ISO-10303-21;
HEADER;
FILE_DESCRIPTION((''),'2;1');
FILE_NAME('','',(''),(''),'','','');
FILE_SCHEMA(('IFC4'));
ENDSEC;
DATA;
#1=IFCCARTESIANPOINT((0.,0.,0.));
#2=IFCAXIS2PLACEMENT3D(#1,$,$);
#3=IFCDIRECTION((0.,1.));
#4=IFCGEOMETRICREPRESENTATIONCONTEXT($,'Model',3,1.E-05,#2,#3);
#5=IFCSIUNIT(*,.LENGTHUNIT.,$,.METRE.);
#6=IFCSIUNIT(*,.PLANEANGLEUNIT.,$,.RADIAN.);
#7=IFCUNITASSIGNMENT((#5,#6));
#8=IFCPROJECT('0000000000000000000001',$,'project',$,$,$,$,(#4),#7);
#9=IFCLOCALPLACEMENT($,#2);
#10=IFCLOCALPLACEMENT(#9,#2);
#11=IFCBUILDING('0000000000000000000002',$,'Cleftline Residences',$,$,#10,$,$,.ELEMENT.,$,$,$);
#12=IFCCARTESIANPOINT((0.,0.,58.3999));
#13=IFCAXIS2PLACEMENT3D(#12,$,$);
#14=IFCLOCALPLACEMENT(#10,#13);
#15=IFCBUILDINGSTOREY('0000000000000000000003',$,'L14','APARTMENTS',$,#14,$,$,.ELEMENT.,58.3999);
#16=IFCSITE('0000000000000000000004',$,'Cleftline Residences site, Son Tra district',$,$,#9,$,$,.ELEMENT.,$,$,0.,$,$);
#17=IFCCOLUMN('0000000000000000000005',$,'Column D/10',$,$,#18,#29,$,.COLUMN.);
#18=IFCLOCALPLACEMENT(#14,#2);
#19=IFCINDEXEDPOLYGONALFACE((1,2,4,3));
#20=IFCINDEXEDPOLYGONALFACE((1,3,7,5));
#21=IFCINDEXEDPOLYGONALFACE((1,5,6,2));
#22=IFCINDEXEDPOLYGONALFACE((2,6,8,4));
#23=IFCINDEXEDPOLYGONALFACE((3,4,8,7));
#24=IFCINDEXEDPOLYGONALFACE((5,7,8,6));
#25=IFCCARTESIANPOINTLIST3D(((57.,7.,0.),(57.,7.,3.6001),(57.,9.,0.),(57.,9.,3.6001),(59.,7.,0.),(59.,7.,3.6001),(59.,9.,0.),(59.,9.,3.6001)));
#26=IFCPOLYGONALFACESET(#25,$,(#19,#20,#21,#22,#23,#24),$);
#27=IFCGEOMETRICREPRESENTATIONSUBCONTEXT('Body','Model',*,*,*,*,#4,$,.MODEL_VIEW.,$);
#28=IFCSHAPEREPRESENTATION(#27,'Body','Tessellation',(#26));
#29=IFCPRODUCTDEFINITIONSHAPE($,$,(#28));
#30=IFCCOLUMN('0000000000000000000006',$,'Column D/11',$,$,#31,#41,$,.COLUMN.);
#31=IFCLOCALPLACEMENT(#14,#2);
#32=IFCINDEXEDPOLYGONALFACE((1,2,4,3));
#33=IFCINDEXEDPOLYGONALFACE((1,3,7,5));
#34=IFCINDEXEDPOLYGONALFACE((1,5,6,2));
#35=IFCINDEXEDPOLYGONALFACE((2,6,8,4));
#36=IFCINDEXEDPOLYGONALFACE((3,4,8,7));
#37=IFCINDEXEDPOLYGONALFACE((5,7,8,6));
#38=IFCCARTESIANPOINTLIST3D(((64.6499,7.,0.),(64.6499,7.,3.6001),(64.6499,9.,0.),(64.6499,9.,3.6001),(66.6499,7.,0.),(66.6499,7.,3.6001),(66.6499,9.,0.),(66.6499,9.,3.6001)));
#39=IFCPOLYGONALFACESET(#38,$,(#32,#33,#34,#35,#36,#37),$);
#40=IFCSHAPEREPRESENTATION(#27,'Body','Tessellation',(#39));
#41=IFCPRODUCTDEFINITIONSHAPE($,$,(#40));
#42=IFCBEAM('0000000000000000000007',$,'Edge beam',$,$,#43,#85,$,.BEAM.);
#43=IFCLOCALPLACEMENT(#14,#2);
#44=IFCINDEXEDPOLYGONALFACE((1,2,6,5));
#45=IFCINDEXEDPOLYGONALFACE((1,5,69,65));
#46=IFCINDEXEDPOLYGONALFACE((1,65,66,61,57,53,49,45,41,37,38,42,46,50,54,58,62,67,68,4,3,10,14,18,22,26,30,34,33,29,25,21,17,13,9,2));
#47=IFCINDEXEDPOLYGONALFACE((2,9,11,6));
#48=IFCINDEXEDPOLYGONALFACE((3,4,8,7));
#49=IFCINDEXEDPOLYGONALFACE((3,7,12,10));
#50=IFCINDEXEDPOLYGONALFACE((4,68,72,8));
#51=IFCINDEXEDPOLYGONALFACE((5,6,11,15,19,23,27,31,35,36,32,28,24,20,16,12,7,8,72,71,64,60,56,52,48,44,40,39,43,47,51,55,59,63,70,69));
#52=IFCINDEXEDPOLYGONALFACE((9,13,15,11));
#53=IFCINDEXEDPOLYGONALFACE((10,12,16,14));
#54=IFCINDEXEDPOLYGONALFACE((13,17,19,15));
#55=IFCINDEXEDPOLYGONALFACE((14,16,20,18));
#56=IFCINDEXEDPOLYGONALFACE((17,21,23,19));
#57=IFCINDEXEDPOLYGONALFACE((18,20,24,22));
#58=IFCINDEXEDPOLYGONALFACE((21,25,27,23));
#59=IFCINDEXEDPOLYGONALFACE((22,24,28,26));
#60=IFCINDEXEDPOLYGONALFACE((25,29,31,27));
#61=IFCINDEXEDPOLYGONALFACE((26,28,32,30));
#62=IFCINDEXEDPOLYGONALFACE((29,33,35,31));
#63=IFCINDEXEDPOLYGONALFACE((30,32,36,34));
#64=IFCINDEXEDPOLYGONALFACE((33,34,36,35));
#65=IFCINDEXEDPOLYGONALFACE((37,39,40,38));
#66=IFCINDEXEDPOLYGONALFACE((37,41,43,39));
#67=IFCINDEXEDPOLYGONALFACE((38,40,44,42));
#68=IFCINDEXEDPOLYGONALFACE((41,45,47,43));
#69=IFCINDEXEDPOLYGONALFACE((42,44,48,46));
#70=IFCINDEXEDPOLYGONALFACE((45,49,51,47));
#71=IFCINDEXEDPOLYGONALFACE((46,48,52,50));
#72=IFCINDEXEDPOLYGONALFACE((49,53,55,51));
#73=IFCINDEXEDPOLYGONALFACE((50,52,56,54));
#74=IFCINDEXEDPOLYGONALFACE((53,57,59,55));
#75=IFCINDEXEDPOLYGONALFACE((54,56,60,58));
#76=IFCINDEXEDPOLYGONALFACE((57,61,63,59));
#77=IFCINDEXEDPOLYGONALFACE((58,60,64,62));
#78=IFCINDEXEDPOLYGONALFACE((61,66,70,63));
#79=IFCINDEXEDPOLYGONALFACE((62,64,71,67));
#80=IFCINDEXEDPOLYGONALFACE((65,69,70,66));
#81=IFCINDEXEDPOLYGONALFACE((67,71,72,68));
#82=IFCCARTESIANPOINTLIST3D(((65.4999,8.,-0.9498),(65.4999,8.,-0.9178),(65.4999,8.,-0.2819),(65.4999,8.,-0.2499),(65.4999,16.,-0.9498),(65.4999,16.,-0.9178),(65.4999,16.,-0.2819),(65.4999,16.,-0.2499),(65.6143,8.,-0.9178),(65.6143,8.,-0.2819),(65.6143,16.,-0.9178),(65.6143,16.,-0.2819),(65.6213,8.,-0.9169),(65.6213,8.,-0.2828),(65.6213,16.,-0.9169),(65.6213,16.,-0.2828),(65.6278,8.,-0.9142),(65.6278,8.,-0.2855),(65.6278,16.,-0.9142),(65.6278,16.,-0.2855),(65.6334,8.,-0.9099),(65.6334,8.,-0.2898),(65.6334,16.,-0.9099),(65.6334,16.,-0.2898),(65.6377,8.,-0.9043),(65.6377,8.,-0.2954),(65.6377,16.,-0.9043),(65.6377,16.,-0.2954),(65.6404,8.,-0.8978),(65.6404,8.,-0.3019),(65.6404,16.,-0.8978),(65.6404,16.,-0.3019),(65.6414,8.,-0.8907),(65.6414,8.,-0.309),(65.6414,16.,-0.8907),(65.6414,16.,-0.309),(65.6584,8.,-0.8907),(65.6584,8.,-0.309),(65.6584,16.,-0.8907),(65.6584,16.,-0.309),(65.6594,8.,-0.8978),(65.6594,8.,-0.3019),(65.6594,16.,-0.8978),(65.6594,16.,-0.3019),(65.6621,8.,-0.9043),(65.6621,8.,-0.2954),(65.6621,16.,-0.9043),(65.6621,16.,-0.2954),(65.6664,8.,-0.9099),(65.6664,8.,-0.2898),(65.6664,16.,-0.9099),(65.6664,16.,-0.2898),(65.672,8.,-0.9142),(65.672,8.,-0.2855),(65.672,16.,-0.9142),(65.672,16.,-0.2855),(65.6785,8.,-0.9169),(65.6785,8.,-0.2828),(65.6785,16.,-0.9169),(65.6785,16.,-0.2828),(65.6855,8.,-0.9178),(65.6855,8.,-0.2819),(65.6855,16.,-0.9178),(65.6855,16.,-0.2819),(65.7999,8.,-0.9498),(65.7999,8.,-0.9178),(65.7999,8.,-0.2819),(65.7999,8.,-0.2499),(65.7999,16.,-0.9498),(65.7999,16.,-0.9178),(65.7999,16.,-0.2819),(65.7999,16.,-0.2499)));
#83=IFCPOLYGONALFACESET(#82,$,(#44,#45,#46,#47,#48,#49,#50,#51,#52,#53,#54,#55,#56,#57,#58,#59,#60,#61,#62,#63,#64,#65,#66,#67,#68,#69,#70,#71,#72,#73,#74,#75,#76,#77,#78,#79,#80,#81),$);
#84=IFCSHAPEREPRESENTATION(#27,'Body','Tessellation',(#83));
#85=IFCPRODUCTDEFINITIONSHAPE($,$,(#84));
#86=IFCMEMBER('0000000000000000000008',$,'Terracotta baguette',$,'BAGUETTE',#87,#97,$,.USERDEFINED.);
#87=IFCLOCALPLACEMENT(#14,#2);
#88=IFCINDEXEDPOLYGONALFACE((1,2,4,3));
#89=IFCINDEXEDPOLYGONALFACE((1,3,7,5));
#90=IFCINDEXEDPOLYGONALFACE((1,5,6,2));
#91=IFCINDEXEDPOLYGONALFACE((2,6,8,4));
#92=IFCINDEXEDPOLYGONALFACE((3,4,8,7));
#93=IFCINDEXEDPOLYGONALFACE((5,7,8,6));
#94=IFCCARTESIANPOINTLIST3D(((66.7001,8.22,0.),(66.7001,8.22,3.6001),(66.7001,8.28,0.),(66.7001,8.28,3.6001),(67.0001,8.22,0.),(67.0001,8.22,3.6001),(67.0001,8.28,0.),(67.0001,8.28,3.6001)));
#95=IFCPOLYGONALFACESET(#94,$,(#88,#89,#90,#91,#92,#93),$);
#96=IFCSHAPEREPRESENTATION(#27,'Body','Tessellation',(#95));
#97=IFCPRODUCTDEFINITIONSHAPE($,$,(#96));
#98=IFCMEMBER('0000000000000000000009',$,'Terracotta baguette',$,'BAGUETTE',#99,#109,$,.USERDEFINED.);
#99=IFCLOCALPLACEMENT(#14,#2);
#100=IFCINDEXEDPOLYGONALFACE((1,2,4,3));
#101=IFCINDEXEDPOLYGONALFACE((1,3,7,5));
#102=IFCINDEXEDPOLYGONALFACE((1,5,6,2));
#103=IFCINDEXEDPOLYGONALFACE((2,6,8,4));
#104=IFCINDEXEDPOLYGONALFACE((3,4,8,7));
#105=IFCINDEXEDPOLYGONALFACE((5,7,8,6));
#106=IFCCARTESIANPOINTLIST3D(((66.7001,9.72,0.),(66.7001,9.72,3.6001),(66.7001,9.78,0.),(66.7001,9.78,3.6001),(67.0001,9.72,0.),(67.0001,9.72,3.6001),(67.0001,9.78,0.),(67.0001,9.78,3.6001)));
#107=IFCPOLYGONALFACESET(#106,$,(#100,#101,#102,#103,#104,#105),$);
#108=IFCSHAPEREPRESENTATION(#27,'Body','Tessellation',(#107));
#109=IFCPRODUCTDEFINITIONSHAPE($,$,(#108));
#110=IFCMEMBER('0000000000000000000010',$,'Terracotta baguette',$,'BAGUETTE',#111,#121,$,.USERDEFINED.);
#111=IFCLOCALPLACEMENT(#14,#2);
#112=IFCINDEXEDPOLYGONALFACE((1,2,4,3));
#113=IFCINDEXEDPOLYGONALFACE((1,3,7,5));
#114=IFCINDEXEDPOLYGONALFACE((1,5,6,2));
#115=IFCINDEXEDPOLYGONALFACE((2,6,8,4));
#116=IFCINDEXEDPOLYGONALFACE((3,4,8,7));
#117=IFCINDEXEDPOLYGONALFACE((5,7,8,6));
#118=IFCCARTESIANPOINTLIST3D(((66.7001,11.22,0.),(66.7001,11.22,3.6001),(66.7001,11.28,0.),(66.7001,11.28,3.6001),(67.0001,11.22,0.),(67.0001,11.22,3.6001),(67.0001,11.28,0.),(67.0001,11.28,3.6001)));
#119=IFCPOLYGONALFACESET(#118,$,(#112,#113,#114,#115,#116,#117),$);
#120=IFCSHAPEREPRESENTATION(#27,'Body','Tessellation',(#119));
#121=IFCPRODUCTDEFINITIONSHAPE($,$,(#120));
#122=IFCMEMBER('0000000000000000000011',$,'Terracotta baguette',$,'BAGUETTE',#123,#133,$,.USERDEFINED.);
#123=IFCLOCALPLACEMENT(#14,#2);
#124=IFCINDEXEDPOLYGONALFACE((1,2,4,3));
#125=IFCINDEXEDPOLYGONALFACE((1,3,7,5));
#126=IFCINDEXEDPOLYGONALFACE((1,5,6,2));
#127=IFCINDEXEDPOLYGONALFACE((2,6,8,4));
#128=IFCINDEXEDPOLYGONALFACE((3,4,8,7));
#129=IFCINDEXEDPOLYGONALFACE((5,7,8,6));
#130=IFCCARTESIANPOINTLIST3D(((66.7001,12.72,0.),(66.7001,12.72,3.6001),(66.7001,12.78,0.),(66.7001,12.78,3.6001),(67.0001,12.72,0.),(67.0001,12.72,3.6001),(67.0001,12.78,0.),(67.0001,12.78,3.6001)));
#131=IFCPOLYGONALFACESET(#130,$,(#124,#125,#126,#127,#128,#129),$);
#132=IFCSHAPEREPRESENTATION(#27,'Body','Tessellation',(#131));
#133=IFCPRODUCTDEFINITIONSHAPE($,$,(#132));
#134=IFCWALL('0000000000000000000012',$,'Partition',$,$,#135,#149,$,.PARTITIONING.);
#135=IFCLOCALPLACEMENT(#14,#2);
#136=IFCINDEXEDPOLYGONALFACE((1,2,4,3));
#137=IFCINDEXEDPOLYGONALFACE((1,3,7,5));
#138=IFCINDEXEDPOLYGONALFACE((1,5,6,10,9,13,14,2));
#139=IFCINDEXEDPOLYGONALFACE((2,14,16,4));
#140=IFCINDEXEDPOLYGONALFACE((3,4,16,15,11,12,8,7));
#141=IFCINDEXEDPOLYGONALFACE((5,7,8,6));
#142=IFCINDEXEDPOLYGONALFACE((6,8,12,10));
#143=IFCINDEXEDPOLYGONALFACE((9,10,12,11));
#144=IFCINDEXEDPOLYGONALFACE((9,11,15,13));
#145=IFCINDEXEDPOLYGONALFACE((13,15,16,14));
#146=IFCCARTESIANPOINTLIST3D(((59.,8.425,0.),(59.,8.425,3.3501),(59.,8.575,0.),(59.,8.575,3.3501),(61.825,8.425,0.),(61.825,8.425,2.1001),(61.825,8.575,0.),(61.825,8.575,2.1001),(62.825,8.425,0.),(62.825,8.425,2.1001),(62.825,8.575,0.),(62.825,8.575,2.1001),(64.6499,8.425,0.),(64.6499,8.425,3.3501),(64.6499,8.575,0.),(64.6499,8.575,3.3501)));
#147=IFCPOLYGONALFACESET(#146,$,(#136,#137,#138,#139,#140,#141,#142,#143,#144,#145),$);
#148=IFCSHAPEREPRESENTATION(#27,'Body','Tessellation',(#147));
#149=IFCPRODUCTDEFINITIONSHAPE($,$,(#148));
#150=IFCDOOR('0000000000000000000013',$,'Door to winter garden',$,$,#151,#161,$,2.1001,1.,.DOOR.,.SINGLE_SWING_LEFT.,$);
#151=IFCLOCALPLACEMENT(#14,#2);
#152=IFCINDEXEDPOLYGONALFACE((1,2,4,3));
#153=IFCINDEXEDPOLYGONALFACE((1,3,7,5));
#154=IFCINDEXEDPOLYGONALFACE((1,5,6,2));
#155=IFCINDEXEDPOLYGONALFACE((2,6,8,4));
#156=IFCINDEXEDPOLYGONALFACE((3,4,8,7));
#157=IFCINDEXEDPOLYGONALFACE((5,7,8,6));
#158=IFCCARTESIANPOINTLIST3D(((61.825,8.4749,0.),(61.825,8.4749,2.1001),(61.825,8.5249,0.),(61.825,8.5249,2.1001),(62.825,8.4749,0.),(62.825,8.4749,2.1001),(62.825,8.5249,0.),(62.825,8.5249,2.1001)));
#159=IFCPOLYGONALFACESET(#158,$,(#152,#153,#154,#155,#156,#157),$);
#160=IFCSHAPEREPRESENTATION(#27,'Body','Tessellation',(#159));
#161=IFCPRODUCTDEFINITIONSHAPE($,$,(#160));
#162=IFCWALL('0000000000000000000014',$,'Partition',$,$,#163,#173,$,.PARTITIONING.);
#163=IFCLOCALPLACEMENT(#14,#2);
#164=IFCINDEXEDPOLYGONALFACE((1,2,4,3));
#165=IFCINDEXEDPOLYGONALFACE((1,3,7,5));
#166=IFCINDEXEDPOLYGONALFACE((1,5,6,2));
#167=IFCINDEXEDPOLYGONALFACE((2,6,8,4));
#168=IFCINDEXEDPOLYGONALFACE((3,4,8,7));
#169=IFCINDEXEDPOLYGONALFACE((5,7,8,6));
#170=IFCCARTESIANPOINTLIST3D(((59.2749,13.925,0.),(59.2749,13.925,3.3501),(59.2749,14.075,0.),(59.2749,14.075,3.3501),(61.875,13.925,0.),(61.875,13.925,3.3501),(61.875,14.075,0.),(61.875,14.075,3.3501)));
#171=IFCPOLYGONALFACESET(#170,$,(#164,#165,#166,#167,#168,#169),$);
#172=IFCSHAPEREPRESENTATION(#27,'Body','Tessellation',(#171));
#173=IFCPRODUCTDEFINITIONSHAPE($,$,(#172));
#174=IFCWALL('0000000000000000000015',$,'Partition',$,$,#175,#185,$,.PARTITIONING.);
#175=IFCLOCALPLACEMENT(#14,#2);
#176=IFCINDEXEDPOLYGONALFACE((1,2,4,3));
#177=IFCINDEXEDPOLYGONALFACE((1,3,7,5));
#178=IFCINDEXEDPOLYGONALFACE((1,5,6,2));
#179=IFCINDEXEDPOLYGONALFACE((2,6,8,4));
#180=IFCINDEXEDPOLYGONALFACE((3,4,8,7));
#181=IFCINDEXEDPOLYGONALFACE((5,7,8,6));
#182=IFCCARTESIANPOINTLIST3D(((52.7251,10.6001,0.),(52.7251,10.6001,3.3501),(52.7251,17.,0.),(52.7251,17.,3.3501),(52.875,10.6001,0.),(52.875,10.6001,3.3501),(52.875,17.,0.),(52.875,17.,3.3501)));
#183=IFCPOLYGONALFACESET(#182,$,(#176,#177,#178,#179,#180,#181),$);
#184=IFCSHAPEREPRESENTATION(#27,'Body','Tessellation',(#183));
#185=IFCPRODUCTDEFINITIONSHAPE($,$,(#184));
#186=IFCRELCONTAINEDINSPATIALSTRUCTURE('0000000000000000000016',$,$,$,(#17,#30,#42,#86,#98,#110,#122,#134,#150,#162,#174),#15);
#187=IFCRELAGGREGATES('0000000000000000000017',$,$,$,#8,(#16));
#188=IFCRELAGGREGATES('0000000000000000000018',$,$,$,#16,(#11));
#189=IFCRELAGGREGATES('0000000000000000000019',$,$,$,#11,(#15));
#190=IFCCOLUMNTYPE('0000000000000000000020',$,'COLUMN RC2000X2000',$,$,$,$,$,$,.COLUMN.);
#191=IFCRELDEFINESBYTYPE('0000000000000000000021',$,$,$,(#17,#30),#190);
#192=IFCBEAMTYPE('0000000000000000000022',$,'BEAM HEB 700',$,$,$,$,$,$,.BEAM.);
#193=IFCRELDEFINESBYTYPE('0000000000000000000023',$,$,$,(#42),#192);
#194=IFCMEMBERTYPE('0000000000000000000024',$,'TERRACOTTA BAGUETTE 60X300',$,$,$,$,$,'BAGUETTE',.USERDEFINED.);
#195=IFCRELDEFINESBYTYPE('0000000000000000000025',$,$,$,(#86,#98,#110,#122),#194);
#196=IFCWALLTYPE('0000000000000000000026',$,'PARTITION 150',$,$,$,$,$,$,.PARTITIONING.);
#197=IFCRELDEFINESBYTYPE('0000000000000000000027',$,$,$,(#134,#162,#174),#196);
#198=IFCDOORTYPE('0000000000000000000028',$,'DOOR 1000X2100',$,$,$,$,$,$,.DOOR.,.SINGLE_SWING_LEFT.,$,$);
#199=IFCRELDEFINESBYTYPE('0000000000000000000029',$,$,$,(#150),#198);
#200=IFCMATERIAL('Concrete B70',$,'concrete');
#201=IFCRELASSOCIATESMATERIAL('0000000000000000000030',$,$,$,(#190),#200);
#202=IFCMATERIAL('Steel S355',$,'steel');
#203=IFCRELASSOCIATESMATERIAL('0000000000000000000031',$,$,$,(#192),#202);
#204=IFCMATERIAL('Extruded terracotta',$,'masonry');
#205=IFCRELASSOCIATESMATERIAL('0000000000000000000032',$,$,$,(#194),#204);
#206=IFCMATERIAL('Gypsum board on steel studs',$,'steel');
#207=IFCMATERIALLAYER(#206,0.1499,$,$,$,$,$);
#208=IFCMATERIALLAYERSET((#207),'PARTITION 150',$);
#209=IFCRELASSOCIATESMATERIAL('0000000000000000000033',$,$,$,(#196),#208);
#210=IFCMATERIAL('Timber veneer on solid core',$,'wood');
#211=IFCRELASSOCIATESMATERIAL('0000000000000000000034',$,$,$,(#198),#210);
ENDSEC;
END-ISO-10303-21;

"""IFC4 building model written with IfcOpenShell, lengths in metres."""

from ifc_helpers import new_model, si_unit, direction, frame, frame_2d, origin, origin_2d, place, context, subcontext, project, spatial, rectangle, i_section, extrude, material, layer, layer_set, material_profile, profile_set, type_object, element, fill, save


model = new_model("IFC4")

# Units and contexts
model_context = context("Model", 3, precision=1e-05, world=origin(), true_north=direction((0.0, 1.0)))
body_context = subcontext(model_context, "Body", "Model", "MODEL_VIEW")
ifc_project = project(units=[si_unit("LENGTHUNIT", "METRE"), si_unit("PLANEANGLEUNIT", "RADIAN")], contexts=[model_context])

# Site, building, storey
site_placement = place(None, origin())
site = spatial("IfcSite", under=ifc_project, at=site_placement, Name="Cleftline Residences site, Son Tra district", CompositionType="ELEMENT", RefElevation=0.0)
building_placement = place(site_placement, origin())
building = spatial("IfcBuilding", under=site, at=building_placement, Name="Cleftline Residences", CompositionType="ELEMENT")
storey_placement = place(building_placement, frame((0.0, 0.0, 58.3999)))
storey = spatial("IfcBuildingStorey", under=building, at=storey_placement, Name="L14", Description="APARTMENTS", CompositionType="ELEMENT", Elevation=58.3999)

# Columns
ifc_material_1 = material(Name="Concrete B70", Category="concrete")
ifc_material_profile_1 = material_profile(ifc_material_1, rectangle(XDim=2.0, YDim=2.0, at=origin_2d()))
ifc_profile_set_1 = profile_set([ifc_material_profile_1], Name="Concrete B70")
column_type = type_object("IfcColumnType", Name="COLUMN RC2000X2000", PredefinedType="COLUMN", material=ifc_profile_set_1)
for number, where, z_axis, x_axis, name in (
    (1, (58.0, 8.0, 0.0), (0.0, 0.0, 1.0), (1.0, 0.0, 0.0), "Column D/10"),
    (2, (65.6499, 8.0, 0.0), (0.0, 0.0, 1.0), (1.0, 0.0, 0.0), "Column D/11"),
):
    element("IfcColumn", number, at=place(storey_placement, frame(where, z_axis=z_axis, x_axis=x_axis)), inside=storey, type_object=column_type, Name=name, PredefinedType="COLUMN", context=body_context, shape_type="SweptSolid", body=[
        extrude(rectangle(XDim=2.0, YDim=2.0, at=origin_2d()), origin(), (0.0, 0.0, 1.0), 3.6001),
    ])

# Beam
ifc_material_2 = material(Name="Steel S355", Category="steel")
ifc_material_profile_2 = material_profile(ifc_material_2, i_section(OverallWidth=0.3, OverallDepth=0.7, WebThickness=0.0171, FlangeThickness=0.032, FilletRadius=0.0271, at=origin_2d()))
ifc_profile_set_2 = profile_set([ifc_material_profile_2], Name="Steel S355")
beam_type = type_object("IfcBeamType", Name="BEAM HEB 700", PredefinedType="BEAM", material=ifc_profile_set_2)
beam_placement = place(storey_placement, frame((65.6499, 8.0, -0.5999), z_axis=(0.0, 1.0, 0.0), x_axis=(-1.0, 0.0, 0.0)))
element("IfcBeam", 3, at=beam_placement, inside=storey, type_object=beam_type, Name="Edge beam", PredefinedType="BEAM", context=body_context, shape_type="SweptSolid", body=[
    extrude(i_section(OverallWidth=0.3, OverallDepth=0.7, WebThickness=0.0171, FlangeThickness=0.032, FilletRadius=0.0271, at=origin_2d()), origin(), (0.0, 0.0, 1.0), 8.0),
])

# Members
ifc_material_3 = material(Name="Extruded terracotta", Category="masonry")
ifc_material_profile_3 = material_profile(ifc_material_3, rectangle(XDim=0.0601, YDim=0.3, at=origin_2d()))
ifc_profile_set_3 = profile_set([ifc_material_profile_3], Name="Extruded terracotta")
member_type = type_object("IfcMemberType", Name="TERRACOTTA BAGUETTE 60X300", ElementType="BAGUETTE", PredefinedType="USERDEFINED", material=ifc_profile_set_3)
for number, where, z_axis, x_axis, name in (
    (4, (66.8501, 8.25, 0.0), (0.0, 0.0, 1.0), (0.0, 1.0, 0.0), "Terracotta baguette"),
    (5, (66.8501, 9.75, 0.0), (0.0, 0.0, 1.0), (0.0, 1.0, 0.0), "Terracotta baguette"),
    (6, (66.8501, 11.25, 0.0), (0.0, 0.0, 1.0), (0.0, 1.0, 0.0), "Terracotta baguette"),
    (7, (66.8501, 12.75, 0.0), (0.0, 0.0, 1.0), (0.0, 1.0, 0.0), "Terracotta baguette"),
):
    element("IfcMember", number, at=place(storey_placement, frame(where, z_axis=z_axis, x_axis=x_axis)), inside=storey, type_object=member_type, Name=name, ObjectType="BAGUETTE", PredefinedType="USERDEFINED", context=body_context, shape_type="SweptSolid", body=[
        extrude(rectangle(XDim=0.0601, YDim=0.3, at=origin_2d()), origin(), (0.0, 0.0, 1.0), 3.6001),
    ])

# Wall, opening, door
ifc_material_4 = material(Name="Gypsum board on steel studs", Category="steel")
ifc_layer = layer(ifc_material_4, 0.1499)
ifc_layer_set = layer_set([ifc_layer], Name="PARTITION 150")
wall_type = type_object("IfcWallType", Name="PARTITION 150", PredefinedType="PARTITIONING", material=ifc_layer_set)
wall_1_placement = place(storey_placement, frame((59.0, 8.5, 0.0), z_axis=(0.0, 0.0, 1.0), x_axis=(1.0, 0.0, 0.0)))
wall_1 = element("IfcWall", 8, at=wall_1_placement, inside=storey, type_object=wall_type, Name="Partition", PredefinedType="PARTITIONING", context=body_context, shape_type="SweptSolid", body=[
    extrude(rectangle(XDim=5.6499, YDim=0.1499, at=frame_2d((2.825, 0.0))), origin(), (0.0, 0.0, 1.0), 3.3501),
])
opening_1_placement = place(wall_1_placement, frame((2.825, 0.0, 0.0)))
opening_1 = element("IfcOpeningElement", 9, at=opening_1_placement, cuts=wall_1, PredefinedType="OPENING", context=body_context, shape_type="SweptSolid", body=[
    extrude(rectangle(XDim=1.0, YDim=2.1001, at=frame_2d((0.5, 1.05))), frame((0.0, 0.085, 0.0), z_axis=(0.0, -1.0, 0.0), x_axis=(1.0, 0.0, 0.0)), (0.0, 0.0, 1.0), 0.1699),
])
ifc_material_5 = material(Name="Timber veneer on solid core", Category="wood")
door_type_1 = type_object("IfcDoorType", Name="DOOR 1000X2100", OperationType="SINGLE_SWING_LEFT", PredefinedType="DOOR", material=ifc_material_5)
door_1_placement = place(opening_1_placement, origin())
door_1 = element("IfcDoor", 10, at=door_1_placement, inside=storey, type_object=door_type_1, Name="Door to winter garden", OperationType="SINGLE_SWING_LEFT", OverallHeight=2.1001, OverallWidth=1.0, PredefinedType="DOOR", context=body_context, shape_type="SweptSolid", body=[
    extrude(rectangle(XDim=1.0, YDim=2.1001, at=frame_2d((0.5, 1.05))), frame((0.0, 0.0249, 0.0), z_axis=(0.0, -1.0, 0.0), x_axis=(1.0, 0.0, 0.0)), (0.0, 0.0, 1.0), 0.05),
])
fill(opening_1, door_1)

# Walls
wall_2_placement = place(storey_placement, frame((59.2749, 14.0, 0.0), z_axis=(0.0, 0.0, 1.0), x_axis=(1.0, 0.0, 0.0)))
element("IfcWall", 11, at=wall_2_placement, inside=storey, type_object=wall_type, Name="Partition", PredefinedType="PARTITIONING", context=body_context, shape_type="SweptSolid", body=[
    extrude(rectangle(XDim=2.6001, YDim=0.1499, at=frame_2d((1.3, 0.0))), origin(), (0.0, 0.0, 1.0), 3.3501),
])
wall_3_placement = place(storey_placement, frame((52.8, 10.6001, 0.0), z_axis=(0.0, 0.0, 1.0), x_axis=(0.0, 1.0, 0.0)))
element("IfcWall", 12, at=wall_3_placement, inside=storey, type_object=wall_type, Name="Partition", PredefinedType="PARTITIONING", context=body_context, shape_type="SweptSolid", body=[
    extrude(rectangle(XDim=6.3999, YDim=0.1499, at=frame_2d((3.2, 0.0))), origin(), (0.0, 0.0, 1.0), 3.3501),
])

save(model, "model.ifc")
